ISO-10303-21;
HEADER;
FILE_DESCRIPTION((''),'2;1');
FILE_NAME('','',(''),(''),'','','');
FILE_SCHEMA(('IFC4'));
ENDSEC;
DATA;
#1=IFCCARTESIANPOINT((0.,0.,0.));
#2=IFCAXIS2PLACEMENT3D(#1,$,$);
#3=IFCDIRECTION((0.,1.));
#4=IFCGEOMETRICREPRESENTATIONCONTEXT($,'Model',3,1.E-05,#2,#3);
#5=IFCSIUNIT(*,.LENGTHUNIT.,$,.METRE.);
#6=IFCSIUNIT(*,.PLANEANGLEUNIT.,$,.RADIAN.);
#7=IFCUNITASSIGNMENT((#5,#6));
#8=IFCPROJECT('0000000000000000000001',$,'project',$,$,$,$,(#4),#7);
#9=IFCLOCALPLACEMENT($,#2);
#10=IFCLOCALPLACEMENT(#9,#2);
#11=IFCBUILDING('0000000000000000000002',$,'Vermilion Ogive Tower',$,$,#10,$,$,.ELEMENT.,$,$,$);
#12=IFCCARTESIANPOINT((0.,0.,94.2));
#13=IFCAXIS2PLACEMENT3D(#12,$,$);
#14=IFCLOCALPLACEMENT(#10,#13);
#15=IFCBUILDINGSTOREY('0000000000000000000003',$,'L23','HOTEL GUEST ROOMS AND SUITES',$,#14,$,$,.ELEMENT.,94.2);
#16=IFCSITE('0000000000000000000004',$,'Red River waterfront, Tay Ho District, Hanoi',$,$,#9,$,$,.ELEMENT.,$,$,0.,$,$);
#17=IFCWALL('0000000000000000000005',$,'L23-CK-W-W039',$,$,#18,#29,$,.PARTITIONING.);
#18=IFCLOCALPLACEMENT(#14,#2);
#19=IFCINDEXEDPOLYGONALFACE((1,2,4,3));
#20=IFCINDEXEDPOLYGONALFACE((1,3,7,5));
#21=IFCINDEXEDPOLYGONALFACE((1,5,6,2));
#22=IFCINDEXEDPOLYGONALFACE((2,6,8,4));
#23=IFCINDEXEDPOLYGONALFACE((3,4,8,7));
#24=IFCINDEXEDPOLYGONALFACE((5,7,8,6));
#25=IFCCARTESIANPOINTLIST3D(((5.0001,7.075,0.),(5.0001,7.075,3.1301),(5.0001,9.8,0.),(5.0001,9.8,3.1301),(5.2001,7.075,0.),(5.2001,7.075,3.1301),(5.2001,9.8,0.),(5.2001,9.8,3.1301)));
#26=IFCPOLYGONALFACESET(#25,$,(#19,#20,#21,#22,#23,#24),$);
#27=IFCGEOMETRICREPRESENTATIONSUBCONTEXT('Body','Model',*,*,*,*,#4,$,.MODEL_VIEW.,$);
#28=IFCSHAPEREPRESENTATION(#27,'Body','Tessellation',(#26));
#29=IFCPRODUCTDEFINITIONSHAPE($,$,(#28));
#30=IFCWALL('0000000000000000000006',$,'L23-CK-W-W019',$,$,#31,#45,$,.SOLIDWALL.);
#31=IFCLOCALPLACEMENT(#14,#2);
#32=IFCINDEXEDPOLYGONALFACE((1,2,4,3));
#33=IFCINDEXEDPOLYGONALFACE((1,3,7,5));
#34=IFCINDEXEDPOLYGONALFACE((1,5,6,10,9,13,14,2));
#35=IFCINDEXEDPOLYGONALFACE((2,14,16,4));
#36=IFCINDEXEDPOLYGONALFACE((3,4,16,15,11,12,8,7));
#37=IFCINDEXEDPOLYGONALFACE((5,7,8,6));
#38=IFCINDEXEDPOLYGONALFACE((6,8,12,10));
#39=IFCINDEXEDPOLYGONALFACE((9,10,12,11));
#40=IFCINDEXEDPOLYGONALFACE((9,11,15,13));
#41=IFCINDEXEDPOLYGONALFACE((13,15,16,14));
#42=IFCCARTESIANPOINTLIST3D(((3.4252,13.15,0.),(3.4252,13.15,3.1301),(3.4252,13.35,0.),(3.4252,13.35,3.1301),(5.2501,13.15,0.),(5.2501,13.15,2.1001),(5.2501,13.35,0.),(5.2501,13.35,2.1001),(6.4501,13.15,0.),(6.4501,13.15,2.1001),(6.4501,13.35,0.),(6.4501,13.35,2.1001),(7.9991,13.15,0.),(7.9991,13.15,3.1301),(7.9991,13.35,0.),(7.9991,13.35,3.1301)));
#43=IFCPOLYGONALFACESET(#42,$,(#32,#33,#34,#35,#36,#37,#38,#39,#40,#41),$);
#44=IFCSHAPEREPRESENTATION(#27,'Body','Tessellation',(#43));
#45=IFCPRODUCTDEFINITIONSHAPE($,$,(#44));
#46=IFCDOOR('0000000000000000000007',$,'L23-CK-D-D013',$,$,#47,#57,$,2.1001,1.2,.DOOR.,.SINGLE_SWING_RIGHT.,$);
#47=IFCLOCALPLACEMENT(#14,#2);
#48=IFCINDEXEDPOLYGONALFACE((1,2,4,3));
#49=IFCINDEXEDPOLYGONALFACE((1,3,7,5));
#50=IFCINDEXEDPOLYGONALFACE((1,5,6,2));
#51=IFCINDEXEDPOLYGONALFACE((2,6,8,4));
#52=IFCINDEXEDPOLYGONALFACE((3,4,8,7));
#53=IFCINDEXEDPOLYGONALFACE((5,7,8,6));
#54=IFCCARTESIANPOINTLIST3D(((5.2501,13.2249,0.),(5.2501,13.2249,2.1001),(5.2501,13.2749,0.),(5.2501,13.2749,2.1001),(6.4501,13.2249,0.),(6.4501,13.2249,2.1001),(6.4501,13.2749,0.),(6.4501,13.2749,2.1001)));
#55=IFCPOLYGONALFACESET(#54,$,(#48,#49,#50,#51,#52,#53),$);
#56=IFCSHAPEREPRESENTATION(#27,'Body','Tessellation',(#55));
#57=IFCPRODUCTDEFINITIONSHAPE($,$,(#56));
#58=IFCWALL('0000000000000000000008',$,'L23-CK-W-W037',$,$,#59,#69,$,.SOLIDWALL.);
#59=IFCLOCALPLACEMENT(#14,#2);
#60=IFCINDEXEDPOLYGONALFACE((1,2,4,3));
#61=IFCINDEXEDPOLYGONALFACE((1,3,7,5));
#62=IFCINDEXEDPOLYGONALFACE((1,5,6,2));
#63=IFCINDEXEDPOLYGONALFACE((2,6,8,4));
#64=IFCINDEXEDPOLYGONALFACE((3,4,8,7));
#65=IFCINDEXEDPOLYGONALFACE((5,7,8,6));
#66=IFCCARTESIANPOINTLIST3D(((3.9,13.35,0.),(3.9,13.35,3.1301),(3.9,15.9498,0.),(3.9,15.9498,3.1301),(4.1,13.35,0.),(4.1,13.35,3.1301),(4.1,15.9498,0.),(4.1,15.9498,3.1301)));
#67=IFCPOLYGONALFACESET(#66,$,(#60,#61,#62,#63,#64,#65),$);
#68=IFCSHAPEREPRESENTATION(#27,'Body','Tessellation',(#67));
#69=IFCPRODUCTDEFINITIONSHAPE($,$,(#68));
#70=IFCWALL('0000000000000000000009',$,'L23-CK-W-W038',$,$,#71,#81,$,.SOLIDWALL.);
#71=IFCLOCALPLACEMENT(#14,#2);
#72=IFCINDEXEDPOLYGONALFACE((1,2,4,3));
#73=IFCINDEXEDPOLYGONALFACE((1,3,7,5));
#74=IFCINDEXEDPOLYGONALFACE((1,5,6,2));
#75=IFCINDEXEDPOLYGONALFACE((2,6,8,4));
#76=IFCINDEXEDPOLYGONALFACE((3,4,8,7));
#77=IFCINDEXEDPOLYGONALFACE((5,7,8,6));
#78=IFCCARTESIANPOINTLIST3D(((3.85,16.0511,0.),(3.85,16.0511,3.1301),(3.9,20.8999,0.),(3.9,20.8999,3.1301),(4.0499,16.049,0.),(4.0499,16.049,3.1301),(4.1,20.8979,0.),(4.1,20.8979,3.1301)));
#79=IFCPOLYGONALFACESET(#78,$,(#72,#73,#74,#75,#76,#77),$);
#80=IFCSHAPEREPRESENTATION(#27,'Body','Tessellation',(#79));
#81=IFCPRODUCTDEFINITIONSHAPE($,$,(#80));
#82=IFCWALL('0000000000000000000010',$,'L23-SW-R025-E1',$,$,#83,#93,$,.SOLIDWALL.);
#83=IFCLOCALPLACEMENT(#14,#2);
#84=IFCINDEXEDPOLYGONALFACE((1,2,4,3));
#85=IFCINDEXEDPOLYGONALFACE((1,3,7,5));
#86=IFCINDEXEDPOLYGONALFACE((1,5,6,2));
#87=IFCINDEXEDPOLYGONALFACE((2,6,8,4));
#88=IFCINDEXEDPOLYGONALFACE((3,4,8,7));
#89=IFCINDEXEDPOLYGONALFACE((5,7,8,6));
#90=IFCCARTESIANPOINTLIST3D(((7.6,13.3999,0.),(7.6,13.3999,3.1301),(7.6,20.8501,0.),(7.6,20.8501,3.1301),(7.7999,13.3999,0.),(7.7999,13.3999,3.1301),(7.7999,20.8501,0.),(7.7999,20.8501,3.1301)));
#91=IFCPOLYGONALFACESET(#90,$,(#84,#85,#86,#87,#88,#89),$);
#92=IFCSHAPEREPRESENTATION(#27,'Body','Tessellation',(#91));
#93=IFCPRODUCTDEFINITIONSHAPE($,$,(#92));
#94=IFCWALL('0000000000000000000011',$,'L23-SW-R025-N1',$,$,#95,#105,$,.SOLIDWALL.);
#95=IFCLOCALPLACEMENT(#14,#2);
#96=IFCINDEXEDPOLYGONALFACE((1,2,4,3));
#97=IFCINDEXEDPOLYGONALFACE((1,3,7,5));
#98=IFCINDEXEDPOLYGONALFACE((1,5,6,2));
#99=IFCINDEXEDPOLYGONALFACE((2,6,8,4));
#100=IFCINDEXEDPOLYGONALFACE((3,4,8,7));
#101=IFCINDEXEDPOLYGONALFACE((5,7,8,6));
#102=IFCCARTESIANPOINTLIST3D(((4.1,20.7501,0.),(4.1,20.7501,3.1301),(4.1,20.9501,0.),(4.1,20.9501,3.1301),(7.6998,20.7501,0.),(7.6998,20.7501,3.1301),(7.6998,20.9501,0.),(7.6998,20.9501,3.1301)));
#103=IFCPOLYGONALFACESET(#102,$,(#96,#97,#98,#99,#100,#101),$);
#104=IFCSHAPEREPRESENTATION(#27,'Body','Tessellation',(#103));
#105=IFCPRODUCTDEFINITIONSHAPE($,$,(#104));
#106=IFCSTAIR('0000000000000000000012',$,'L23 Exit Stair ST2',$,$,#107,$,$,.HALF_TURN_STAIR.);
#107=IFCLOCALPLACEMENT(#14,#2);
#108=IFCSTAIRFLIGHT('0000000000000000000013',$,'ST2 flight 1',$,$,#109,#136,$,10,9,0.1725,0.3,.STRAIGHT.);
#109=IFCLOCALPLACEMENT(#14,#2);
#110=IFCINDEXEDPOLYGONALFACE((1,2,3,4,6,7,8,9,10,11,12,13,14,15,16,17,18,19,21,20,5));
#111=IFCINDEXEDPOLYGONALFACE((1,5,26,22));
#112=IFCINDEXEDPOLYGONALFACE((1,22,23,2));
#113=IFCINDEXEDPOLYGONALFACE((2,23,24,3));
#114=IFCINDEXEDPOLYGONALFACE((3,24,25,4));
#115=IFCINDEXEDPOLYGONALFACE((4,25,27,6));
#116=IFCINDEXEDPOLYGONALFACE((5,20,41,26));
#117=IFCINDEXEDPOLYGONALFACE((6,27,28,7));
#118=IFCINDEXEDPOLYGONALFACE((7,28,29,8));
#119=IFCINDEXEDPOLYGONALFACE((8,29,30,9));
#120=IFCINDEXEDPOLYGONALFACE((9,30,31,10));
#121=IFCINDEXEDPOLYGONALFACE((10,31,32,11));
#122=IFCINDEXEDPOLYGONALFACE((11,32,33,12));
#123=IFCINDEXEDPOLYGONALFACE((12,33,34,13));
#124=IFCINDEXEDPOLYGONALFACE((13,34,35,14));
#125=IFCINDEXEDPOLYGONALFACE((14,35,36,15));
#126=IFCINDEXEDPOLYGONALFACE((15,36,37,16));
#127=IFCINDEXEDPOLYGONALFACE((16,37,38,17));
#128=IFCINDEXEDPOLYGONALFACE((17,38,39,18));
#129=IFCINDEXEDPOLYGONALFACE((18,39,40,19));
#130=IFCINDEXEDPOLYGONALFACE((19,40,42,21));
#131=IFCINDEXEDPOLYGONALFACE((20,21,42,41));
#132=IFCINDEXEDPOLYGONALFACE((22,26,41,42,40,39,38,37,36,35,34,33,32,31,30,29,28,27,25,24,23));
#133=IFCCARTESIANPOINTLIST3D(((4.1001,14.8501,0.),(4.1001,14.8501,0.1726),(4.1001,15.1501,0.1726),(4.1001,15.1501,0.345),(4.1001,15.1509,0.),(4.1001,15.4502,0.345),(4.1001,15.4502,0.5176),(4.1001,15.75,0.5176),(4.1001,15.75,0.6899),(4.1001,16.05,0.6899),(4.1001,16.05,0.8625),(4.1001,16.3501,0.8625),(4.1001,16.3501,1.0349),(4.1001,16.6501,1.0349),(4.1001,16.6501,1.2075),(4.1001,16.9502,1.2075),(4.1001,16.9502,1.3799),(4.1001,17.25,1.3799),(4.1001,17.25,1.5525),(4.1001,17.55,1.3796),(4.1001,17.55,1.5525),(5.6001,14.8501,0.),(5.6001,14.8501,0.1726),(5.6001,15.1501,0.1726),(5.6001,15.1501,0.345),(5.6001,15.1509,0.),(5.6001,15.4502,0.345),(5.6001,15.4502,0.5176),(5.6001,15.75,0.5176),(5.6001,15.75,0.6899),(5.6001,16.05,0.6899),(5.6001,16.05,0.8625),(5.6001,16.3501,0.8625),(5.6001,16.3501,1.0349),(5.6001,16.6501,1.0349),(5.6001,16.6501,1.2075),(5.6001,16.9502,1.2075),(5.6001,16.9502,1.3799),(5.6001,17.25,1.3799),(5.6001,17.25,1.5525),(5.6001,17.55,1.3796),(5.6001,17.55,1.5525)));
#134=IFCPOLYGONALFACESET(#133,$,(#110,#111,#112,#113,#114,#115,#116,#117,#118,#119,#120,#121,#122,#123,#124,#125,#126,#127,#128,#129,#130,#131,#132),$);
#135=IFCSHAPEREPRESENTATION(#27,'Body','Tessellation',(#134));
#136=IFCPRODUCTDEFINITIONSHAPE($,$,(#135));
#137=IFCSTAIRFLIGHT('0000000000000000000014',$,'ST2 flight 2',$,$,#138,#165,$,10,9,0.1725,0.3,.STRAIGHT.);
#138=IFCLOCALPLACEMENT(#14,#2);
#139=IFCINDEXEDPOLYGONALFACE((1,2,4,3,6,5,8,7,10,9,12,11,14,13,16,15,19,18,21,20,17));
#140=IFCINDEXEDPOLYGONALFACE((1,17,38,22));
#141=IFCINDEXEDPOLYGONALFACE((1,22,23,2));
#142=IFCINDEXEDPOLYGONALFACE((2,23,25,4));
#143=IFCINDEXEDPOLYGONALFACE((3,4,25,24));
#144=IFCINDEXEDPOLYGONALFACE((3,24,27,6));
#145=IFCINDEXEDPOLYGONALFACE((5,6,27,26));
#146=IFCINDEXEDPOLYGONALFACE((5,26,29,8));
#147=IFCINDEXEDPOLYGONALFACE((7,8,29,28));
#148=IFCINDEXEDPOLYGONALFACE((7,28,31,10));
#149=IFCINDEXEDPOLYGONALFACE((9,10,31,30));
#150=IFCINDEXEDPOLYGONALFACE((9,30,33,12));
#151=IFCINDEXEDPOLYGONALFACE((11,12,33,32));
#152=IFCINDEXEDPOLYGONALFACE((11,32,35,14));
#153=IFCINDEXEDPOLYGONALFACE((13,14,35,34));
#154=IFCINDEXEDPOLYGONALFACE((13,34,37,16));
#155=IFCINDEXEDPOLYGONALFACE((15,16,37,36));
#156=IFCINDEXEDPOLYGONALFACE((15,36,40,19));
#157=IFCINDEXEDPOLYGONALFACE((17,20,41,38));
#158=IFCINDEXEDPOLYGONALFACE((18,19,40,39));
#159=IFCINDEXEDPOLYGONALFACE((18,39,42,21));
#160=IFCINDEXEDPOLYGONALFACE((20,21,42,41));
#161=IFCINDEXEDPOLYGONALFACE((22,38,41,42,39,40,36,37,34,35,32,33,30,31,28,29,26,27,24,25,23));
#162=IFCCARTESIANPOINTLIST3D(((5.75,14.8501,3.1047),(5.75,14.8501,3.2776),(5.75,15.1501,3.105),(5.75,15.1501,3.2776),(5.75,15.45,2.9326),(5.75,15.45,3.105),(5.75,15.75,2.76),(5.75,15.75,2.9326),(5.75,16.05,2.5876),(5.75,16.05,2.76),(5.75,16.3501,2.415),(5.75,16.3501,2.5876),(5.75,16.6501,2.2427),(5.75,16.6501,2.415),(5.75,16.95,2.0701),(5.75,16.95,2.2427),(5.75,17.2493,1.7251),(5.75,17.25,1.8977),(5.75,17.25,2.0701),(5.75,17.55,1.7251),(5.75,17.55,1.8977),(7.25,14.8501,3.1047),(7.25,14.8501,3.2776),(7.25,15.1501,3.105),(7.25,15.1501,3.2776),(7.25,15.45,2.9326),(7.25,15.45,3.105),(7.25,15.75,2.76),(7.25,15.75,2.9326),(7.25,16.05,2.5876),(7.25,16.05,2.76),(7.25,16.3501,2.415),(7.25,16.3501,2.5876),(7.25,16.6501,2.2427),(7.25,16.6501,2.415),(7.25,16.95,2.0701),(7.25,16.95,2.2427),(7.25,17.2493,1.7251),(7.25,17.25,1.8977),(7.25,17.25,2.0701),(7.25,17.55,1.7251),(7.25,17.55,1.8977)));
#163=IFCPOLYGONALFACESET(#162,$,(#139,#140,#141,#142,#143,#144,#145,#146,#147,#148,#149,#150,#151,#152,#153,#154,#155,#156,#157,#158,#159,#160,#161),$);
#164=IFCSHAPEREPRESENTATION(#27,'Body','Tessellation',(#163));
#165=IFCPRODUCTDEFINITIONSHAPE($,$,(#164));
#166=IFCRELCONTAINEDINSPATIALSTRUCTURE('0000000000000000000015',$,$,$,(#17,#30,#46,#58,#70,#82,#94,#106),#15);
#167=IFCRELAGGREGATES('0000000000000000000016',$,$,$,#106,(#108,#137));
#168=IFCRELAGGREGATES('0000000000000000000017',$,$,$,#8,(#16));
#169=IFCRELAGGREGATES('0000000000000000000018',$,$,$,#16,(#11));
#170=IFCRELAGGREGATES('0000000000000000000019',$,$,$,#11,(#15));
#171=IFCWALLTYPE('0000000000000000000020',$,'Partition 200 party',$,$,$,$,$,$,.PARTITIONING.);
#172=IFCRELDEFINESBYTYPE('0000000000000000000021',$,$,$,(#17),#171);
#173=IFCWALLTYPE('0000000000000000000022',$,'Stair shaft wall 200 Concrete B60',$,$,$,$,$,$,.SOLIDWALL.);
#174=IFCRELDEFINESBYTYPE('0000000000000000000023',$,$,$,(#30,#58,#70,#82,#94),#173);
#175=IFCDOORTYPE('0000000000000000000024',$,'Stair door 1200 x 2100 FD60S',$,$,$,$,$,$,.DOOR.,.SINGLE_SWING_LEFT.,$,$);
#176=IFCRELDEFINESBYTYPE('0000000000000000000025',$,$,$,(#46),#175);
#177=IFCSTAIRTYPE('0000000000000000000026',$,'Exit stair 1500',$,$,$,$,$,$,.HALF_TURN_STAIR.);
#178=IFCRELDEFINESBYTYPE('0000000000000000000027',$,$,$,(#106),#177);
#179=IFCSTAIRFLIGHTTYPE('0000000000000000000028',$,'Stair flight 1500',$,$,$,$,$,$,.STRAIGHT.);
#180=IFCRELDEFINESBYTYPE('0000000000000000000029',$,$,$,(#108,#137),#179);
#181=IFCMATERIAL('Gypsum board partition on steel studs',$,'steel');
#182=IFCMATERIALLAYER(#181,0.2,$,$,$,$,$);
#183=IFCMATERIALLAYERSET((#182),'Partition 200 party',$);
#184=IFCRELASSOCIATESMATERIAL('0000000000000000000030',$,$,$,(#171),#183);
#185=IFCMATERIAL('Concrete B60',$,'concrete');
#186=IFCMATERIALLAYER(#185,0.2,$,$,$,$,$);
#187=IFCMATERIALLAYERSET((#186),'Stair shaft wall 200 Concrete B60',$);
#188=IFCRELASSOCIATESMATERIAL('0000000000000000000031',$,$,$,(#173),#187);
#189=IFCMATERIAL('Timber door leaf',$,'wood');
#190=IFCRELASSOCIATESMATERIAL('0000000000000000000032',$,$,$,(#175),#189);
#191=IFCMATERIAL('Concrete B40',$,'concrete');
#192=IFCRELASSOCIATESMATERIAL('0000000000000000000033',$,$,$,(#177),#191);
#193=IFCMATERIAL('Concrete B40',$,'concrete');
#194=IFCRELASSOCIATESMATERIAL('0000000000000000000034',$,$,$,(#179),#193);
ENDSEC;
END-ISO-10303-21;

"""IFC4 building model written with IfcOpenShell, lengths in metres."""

from ifc_helpers import new_model, si_unit, direction, frame, frame_2d, origin, place, context, subcontext, project, spatial, polyline, rectangle, outline, extrude, material, layer, layer_set, type_object, element, fill, aggregate, save


model = new_model("IFC4")

# Units and contexts
model_context = context("Model", 3, precision=1e-05, world=origin(), true_north=direction((0.0, 1.0)))
body_context = subcontext(model_context, "Body", "Model", "MODEL_VIEW")
ifc_project = project(units=[si_unit("LENGTHUNIT", "METRE"), si_unit("PLANEANGLEUNIT", "RADIAN")], contexts=[model_context])

# Site, building, storey
site_placement = place(None, origin())
site = spatial("IfcSite", under=ifc_project, at=site_placement, Name="Red River waterfront, Tay Ho District, Hanoi", CompositionType="ELEMENT", RefElevation=0.0)
building_placement = place(site_placement, origin())
building = spatial("IfcBuilding", under=site, at=building_placement, Name="Vermilion Ogive Tower", CompositionType="ELEMENT")
storey_placement = place(building_placement, frame((0.0, 0.0, 94.2)))
storey = spatial("IfcBuildingStorey", under=building, at=storey_placement, Name="L23", Description="HOTEL GUEST ROOMS AND SUITES", CompositionType="ELEMENT", Elevation=94.2)

# Shared definitions
ifc_material_1 = material(Name="Gypsum board partition on steel studs", Category="steel")
ifc_layer_1 = layer(ifc_material_1, 0.2)
ifc_layer_set_1 = layer_set([ifc_layer_1], Name="Partition 200 party")
wall_type_1 = type_object("IfcWallType", Name="Partition 200 party", PredefinedType="PARTITIONING", material=ifc_layer_set_1)

# Wall
wall_1_placement = place(storey_placement, frame((5.1001, 7.075, 0.0), z_axis=(0.0, 0.0, 1.0), x_axis=(0.0, 1.0, 0.0)))
element("IfcWall", 1, at=wall_1_placement, inside=storey, type_object=wall_type_1, Name="L23-CK-W-W039", PredefinedType="PARTITIONING", context=body_context, shape_type="SweptSolid", body=[
    extrude(rectangle(XDim=2.7251, YDim=0.2, at=frame_2d((1.3625, 0.0))), origin(), (0.0, 0.0, 1.0), 3.1301),
])

# Wall, opening, door
ifc_material_2 = material(Name="Concrete B60", Category="concrete")
ifc_layer_2 = layer(ifc_material_2, 0.2)
ifc_layer_set_2 = layer_set([ifc_layer_2], Name="Stair shaft wall 200 Concrete B60")
wall_type_2 = type_object("IfcWallType", Name="Stair shaft wall 200 Concrete B60", PredefinedType="SOLIDWALL", material=ifc_layer_set_2)
wall_2_placement = place(storey_placement, frame((3.425, 13.25, 0.0), z_axis=(0.0, 0.0, 1.0), x_axis=(1.0, 0.0, 0.0)))
wall_2 = element("IfcWall", 2, at=wall_2_placement, inside=storey, type_object=wall_type_2, Name="L23-CK-W-W019", PredefinedType="SOLIDWALL", context=body_context, shape_type="SweptSolid", body=[
    extrude(rectangle(XDim=4.574, YDim=0.2, at=frame_2d((2.2871, 0.0))), origin(), (0.0, 0.0, 1.0), 3.1301),
])
opening_1_placement = place(wall_2_placement, frame((1.825, 0.0, 0.0)))
opening_1 = element("IfcOpeningElement", 3, at=opening_1_placement, cuts=wall_2, PredefinedType="OPENING", context=body_context, shape_type="SweptSolid", body=[
    extrude(rectangle(XDim=1.2, YDim=2.1001, at=frame_2d((0.6001, 1.05))), frame((0.0, 0.1099, 0.0), z_axis=(0.0, -1.0, 0.0), x_axis=(1.0, 0.0, 0.0)), (0.0, 0.0, 1.0), 0.22),
])
ifc_material_3 = material(Name="Timber door leaf", Category="wood")
door_type_1 = type_object("IfcDoorType", Name="Stair door 1200 x 2100 FD60S", OperationType="SINGLE_SWING_LEFT", PredefinedType="DOOR", material=ifc_material_3)
door_1_placement = place(opening_1_placement, origin())
door_1 = element("IfcDoor", 4, at=door_1_placement, inside=storey, type_object=door_type_1, Name="L23-CK-D-D013", OperationType="SINGLE_SWING_RIGHT", OverallHeight=2.1001, OverallWidth=1.2, PredefinedType="DOOR", context=body_context, shape_type="SweptSolid", body=[
    extrude(rectangle(XDim=1.2, YDim=2.1001, at=frame_2d((0.6001, 1.05))), frame((0.0, 0.0249, 0.0), z_axis=(0.0, -1.0, 0.0), x_axis=(1.0, 0.0, 0.0)), (0.0, 0.0, 1.0), 0.05),
])
fill(opening_1, door_1)

# Walls
wall_3_placement = place(storey_placement, frame((4.0, 13.3501, 0.0), z_axis=(0.0, 0.0, 1.0), x_axis=(0.0, 1.0, 0.0)))
element("IfcWall", 5, at=wall_3_placement, inside=storey, type_object=wall_type_2, Name="L23-CK-W-W037", PredefinedType="SOLIDWALL", context=body_context, shape_type="SweptSolid", body=[
    extrude(rectangle(XDim=2.5999, YDim=0.2, at=frame_2d((1.2998, 0.0))), origin(), (0.0, 0.0, 1.0), 3.1301),
])
wall_4_placement = place(storey_placement, frame((3.95, 16.05, 0.0), z_axis=(0.0, 0.0, 1.0), x_axis=(0.010321, 0.999947, 0.0)))
element("IfcWall", 6, at=wall_4_placement, inside=storey, type_object=wall_type_2, Name="L23-CK-W-W038", PredefinedType="SOLIDWALL", context=body_context, shape_type="SweptSolid", body=[
    extrude(rectangle(XDim=4.8491, YDim=0.2, at=frame_2d((2.4246, 0.0))), origin(), (0.0, 0.0, 1.0), 3.1301),
])
wall_5_placement = place(storey_placement, frame((7.7, 13.3999, 0.0), z_axis=(0.0, 0.0, 1.0), x_axis=(0.0, 1.0, 0.0)))
element("IfcWall", 7, at=wall_5_placement, inside=storey, type_object=wall_type_2, Name="L23-SW-R025-E1", PredefinedType="SOLIDWALL", context=body_context, shape_type="SweptSolid", body=[
    extrude(rectangle(XDim=7.4502, YDim=0.2, at=frame_2d((3.7251, 0.0))), origin(), (0.0, 0.0, 1.0), 3.1301),
])
wall_6_placement = place(storey_placement, frame((4.1001, 20.8501, 0.0), z_axis=(0.0, 0.0, 1.0), x_axis=(1.0, 0.0, 0.0)))
element("IfcWall", 8, at=wall_6_placement, inside=storey, type_object=wall_type_2, Name="L23-SW-R025-N1", PredefinedType="SOLIDWALL", context=body_context, shape_type="SweptSolid", body=[
    extrude(rectangle(XDim=3.5999, YDim=0.2, at=frame_2d((1.7998, 0.0))), origin(), (0.0, 0.0, 1.0), 3.1301),
])

# Stair, stair flights
ifc_material_4 = material(Name="Concrete B40", Category="concrete")
stair_type = type_object("IfcStairType", Name="Exit stair 1500", PredefinedType="HALF_TURN_STAIR", material=ifc_material_4)
stair_placement = place(storey_placement, origin())
stair = element("IfcStair", 9, at=stair_placement, inside=storey, type_object=stair_type, Name="L23 Exit Stair ST2", PredefinedType="HALF_TURN_STAIR")
ifc_material_5 = material(Name="Concrete B40", Category="concrete")
stair_flight_type = type_object("IfcStairFlightType", Name="Stair flight 1500", PredefinedType="STRAIGHT", material=ifc_material_5)
stair_flight_1_placement = place(storey_placement, frame((4.8501, 14.8501, 0.0), z_axis=(0.0, 0.0, 1.0), x_axis=(0.0, 1.0, 0.0)))
stair_flight_1 = element("IfcStairFlight", 10, at=stair_flight_1_placement, type_object=stair_flight_type, Name="ST2 flight 1", NumberOfRisers=10, NumberOfTreads=9, PredefinedType="STRAIGHT", RiserHeight=0.1725, TreadLength=0.3, context=body_context, shape_type="SweptSolid", body=[
    extrude(outline(polyline([(0.0, 0.0), (0.0, 0.1726), (0.3, 0.1726), (0.3, 0.345), (0.6001, 0.345), (0.6001, 0.5176), (0.8999, 0.5176), (0.8999, 0.6899), (1.2, 0.6899), (1.2, 0.8625), (1.5, 0.8625), (1.5, 1.0349), (1.8, 1.0349), (1.8, 1.2075), (2.1001, 1.2075), (2.1001, 1.3799), (2.3999, 1.3799), (2.3999, 1.5525), (2.7, 1.5525), (2.7, 1.7251), (2.7, 1.3796), (0.3008, 0.0), (0.0, 0.0)])), frame((0.0, 0.75, 0.0), z_axis=(0.0, -1.0, 0.0), x_axis=(1.0, 0.0, 0.0)), (0.0, 0.0, 1.0), 1.5),
])
stair_flight_2_placement = place(storey_placement, frame((6.5, 17.55, 1.7251), z_axis=(0.0, 0.0, 1.0), x_axis=(0.0, -1.0, 0.0)))
stair_flight_2 = element("IfcStairFlight", 11, at=stair_flight_2_placement, type_object=stair_flight_type, Name="ST2 flight 2", NumberOfRisers=10, NumberOfTreads=9, PredefinedType="STRAIGHT", RiserHeight=0.1725, TreadLength=0.3, context=body_context, shape_type="SweptSolid", body=[
    extrude(outline(polyline([(0.0, 0.0), (0.0, 0.1726), (0.3, 0.1726), (0.3, 0.345), (0.6001, 0.345), (0.6001, 0.5176), (0.8999, 0.5176), (0.8999, 0.6899), (1.2, 0.6899), (1.2, 0.8625), (1.5, 0.8625), (1.5, 1.0349), (1.8, 1.0349), (1.8, 1.2075), (2.1001, 1.2075), (2.1001, 1.3799), (2.3999, 1.3799), (2.3999, 1.5525), (2.7, 1.5525), (2.7, 1.7251), (2.7, 1.3796), (0.3008, 0.0), (0.0, 0.0)])), frame((0.0, 0.75, 0.0), z_axis=(0.0, -1.0, 0.0), x_axis=(1.0, 0.0, 0.0)), (0.0, 0.0, 1.0), 1.5),
])
aggregate(stair, [stair_flight_1, stair_flight_2])

save(model, "model.ifc")
